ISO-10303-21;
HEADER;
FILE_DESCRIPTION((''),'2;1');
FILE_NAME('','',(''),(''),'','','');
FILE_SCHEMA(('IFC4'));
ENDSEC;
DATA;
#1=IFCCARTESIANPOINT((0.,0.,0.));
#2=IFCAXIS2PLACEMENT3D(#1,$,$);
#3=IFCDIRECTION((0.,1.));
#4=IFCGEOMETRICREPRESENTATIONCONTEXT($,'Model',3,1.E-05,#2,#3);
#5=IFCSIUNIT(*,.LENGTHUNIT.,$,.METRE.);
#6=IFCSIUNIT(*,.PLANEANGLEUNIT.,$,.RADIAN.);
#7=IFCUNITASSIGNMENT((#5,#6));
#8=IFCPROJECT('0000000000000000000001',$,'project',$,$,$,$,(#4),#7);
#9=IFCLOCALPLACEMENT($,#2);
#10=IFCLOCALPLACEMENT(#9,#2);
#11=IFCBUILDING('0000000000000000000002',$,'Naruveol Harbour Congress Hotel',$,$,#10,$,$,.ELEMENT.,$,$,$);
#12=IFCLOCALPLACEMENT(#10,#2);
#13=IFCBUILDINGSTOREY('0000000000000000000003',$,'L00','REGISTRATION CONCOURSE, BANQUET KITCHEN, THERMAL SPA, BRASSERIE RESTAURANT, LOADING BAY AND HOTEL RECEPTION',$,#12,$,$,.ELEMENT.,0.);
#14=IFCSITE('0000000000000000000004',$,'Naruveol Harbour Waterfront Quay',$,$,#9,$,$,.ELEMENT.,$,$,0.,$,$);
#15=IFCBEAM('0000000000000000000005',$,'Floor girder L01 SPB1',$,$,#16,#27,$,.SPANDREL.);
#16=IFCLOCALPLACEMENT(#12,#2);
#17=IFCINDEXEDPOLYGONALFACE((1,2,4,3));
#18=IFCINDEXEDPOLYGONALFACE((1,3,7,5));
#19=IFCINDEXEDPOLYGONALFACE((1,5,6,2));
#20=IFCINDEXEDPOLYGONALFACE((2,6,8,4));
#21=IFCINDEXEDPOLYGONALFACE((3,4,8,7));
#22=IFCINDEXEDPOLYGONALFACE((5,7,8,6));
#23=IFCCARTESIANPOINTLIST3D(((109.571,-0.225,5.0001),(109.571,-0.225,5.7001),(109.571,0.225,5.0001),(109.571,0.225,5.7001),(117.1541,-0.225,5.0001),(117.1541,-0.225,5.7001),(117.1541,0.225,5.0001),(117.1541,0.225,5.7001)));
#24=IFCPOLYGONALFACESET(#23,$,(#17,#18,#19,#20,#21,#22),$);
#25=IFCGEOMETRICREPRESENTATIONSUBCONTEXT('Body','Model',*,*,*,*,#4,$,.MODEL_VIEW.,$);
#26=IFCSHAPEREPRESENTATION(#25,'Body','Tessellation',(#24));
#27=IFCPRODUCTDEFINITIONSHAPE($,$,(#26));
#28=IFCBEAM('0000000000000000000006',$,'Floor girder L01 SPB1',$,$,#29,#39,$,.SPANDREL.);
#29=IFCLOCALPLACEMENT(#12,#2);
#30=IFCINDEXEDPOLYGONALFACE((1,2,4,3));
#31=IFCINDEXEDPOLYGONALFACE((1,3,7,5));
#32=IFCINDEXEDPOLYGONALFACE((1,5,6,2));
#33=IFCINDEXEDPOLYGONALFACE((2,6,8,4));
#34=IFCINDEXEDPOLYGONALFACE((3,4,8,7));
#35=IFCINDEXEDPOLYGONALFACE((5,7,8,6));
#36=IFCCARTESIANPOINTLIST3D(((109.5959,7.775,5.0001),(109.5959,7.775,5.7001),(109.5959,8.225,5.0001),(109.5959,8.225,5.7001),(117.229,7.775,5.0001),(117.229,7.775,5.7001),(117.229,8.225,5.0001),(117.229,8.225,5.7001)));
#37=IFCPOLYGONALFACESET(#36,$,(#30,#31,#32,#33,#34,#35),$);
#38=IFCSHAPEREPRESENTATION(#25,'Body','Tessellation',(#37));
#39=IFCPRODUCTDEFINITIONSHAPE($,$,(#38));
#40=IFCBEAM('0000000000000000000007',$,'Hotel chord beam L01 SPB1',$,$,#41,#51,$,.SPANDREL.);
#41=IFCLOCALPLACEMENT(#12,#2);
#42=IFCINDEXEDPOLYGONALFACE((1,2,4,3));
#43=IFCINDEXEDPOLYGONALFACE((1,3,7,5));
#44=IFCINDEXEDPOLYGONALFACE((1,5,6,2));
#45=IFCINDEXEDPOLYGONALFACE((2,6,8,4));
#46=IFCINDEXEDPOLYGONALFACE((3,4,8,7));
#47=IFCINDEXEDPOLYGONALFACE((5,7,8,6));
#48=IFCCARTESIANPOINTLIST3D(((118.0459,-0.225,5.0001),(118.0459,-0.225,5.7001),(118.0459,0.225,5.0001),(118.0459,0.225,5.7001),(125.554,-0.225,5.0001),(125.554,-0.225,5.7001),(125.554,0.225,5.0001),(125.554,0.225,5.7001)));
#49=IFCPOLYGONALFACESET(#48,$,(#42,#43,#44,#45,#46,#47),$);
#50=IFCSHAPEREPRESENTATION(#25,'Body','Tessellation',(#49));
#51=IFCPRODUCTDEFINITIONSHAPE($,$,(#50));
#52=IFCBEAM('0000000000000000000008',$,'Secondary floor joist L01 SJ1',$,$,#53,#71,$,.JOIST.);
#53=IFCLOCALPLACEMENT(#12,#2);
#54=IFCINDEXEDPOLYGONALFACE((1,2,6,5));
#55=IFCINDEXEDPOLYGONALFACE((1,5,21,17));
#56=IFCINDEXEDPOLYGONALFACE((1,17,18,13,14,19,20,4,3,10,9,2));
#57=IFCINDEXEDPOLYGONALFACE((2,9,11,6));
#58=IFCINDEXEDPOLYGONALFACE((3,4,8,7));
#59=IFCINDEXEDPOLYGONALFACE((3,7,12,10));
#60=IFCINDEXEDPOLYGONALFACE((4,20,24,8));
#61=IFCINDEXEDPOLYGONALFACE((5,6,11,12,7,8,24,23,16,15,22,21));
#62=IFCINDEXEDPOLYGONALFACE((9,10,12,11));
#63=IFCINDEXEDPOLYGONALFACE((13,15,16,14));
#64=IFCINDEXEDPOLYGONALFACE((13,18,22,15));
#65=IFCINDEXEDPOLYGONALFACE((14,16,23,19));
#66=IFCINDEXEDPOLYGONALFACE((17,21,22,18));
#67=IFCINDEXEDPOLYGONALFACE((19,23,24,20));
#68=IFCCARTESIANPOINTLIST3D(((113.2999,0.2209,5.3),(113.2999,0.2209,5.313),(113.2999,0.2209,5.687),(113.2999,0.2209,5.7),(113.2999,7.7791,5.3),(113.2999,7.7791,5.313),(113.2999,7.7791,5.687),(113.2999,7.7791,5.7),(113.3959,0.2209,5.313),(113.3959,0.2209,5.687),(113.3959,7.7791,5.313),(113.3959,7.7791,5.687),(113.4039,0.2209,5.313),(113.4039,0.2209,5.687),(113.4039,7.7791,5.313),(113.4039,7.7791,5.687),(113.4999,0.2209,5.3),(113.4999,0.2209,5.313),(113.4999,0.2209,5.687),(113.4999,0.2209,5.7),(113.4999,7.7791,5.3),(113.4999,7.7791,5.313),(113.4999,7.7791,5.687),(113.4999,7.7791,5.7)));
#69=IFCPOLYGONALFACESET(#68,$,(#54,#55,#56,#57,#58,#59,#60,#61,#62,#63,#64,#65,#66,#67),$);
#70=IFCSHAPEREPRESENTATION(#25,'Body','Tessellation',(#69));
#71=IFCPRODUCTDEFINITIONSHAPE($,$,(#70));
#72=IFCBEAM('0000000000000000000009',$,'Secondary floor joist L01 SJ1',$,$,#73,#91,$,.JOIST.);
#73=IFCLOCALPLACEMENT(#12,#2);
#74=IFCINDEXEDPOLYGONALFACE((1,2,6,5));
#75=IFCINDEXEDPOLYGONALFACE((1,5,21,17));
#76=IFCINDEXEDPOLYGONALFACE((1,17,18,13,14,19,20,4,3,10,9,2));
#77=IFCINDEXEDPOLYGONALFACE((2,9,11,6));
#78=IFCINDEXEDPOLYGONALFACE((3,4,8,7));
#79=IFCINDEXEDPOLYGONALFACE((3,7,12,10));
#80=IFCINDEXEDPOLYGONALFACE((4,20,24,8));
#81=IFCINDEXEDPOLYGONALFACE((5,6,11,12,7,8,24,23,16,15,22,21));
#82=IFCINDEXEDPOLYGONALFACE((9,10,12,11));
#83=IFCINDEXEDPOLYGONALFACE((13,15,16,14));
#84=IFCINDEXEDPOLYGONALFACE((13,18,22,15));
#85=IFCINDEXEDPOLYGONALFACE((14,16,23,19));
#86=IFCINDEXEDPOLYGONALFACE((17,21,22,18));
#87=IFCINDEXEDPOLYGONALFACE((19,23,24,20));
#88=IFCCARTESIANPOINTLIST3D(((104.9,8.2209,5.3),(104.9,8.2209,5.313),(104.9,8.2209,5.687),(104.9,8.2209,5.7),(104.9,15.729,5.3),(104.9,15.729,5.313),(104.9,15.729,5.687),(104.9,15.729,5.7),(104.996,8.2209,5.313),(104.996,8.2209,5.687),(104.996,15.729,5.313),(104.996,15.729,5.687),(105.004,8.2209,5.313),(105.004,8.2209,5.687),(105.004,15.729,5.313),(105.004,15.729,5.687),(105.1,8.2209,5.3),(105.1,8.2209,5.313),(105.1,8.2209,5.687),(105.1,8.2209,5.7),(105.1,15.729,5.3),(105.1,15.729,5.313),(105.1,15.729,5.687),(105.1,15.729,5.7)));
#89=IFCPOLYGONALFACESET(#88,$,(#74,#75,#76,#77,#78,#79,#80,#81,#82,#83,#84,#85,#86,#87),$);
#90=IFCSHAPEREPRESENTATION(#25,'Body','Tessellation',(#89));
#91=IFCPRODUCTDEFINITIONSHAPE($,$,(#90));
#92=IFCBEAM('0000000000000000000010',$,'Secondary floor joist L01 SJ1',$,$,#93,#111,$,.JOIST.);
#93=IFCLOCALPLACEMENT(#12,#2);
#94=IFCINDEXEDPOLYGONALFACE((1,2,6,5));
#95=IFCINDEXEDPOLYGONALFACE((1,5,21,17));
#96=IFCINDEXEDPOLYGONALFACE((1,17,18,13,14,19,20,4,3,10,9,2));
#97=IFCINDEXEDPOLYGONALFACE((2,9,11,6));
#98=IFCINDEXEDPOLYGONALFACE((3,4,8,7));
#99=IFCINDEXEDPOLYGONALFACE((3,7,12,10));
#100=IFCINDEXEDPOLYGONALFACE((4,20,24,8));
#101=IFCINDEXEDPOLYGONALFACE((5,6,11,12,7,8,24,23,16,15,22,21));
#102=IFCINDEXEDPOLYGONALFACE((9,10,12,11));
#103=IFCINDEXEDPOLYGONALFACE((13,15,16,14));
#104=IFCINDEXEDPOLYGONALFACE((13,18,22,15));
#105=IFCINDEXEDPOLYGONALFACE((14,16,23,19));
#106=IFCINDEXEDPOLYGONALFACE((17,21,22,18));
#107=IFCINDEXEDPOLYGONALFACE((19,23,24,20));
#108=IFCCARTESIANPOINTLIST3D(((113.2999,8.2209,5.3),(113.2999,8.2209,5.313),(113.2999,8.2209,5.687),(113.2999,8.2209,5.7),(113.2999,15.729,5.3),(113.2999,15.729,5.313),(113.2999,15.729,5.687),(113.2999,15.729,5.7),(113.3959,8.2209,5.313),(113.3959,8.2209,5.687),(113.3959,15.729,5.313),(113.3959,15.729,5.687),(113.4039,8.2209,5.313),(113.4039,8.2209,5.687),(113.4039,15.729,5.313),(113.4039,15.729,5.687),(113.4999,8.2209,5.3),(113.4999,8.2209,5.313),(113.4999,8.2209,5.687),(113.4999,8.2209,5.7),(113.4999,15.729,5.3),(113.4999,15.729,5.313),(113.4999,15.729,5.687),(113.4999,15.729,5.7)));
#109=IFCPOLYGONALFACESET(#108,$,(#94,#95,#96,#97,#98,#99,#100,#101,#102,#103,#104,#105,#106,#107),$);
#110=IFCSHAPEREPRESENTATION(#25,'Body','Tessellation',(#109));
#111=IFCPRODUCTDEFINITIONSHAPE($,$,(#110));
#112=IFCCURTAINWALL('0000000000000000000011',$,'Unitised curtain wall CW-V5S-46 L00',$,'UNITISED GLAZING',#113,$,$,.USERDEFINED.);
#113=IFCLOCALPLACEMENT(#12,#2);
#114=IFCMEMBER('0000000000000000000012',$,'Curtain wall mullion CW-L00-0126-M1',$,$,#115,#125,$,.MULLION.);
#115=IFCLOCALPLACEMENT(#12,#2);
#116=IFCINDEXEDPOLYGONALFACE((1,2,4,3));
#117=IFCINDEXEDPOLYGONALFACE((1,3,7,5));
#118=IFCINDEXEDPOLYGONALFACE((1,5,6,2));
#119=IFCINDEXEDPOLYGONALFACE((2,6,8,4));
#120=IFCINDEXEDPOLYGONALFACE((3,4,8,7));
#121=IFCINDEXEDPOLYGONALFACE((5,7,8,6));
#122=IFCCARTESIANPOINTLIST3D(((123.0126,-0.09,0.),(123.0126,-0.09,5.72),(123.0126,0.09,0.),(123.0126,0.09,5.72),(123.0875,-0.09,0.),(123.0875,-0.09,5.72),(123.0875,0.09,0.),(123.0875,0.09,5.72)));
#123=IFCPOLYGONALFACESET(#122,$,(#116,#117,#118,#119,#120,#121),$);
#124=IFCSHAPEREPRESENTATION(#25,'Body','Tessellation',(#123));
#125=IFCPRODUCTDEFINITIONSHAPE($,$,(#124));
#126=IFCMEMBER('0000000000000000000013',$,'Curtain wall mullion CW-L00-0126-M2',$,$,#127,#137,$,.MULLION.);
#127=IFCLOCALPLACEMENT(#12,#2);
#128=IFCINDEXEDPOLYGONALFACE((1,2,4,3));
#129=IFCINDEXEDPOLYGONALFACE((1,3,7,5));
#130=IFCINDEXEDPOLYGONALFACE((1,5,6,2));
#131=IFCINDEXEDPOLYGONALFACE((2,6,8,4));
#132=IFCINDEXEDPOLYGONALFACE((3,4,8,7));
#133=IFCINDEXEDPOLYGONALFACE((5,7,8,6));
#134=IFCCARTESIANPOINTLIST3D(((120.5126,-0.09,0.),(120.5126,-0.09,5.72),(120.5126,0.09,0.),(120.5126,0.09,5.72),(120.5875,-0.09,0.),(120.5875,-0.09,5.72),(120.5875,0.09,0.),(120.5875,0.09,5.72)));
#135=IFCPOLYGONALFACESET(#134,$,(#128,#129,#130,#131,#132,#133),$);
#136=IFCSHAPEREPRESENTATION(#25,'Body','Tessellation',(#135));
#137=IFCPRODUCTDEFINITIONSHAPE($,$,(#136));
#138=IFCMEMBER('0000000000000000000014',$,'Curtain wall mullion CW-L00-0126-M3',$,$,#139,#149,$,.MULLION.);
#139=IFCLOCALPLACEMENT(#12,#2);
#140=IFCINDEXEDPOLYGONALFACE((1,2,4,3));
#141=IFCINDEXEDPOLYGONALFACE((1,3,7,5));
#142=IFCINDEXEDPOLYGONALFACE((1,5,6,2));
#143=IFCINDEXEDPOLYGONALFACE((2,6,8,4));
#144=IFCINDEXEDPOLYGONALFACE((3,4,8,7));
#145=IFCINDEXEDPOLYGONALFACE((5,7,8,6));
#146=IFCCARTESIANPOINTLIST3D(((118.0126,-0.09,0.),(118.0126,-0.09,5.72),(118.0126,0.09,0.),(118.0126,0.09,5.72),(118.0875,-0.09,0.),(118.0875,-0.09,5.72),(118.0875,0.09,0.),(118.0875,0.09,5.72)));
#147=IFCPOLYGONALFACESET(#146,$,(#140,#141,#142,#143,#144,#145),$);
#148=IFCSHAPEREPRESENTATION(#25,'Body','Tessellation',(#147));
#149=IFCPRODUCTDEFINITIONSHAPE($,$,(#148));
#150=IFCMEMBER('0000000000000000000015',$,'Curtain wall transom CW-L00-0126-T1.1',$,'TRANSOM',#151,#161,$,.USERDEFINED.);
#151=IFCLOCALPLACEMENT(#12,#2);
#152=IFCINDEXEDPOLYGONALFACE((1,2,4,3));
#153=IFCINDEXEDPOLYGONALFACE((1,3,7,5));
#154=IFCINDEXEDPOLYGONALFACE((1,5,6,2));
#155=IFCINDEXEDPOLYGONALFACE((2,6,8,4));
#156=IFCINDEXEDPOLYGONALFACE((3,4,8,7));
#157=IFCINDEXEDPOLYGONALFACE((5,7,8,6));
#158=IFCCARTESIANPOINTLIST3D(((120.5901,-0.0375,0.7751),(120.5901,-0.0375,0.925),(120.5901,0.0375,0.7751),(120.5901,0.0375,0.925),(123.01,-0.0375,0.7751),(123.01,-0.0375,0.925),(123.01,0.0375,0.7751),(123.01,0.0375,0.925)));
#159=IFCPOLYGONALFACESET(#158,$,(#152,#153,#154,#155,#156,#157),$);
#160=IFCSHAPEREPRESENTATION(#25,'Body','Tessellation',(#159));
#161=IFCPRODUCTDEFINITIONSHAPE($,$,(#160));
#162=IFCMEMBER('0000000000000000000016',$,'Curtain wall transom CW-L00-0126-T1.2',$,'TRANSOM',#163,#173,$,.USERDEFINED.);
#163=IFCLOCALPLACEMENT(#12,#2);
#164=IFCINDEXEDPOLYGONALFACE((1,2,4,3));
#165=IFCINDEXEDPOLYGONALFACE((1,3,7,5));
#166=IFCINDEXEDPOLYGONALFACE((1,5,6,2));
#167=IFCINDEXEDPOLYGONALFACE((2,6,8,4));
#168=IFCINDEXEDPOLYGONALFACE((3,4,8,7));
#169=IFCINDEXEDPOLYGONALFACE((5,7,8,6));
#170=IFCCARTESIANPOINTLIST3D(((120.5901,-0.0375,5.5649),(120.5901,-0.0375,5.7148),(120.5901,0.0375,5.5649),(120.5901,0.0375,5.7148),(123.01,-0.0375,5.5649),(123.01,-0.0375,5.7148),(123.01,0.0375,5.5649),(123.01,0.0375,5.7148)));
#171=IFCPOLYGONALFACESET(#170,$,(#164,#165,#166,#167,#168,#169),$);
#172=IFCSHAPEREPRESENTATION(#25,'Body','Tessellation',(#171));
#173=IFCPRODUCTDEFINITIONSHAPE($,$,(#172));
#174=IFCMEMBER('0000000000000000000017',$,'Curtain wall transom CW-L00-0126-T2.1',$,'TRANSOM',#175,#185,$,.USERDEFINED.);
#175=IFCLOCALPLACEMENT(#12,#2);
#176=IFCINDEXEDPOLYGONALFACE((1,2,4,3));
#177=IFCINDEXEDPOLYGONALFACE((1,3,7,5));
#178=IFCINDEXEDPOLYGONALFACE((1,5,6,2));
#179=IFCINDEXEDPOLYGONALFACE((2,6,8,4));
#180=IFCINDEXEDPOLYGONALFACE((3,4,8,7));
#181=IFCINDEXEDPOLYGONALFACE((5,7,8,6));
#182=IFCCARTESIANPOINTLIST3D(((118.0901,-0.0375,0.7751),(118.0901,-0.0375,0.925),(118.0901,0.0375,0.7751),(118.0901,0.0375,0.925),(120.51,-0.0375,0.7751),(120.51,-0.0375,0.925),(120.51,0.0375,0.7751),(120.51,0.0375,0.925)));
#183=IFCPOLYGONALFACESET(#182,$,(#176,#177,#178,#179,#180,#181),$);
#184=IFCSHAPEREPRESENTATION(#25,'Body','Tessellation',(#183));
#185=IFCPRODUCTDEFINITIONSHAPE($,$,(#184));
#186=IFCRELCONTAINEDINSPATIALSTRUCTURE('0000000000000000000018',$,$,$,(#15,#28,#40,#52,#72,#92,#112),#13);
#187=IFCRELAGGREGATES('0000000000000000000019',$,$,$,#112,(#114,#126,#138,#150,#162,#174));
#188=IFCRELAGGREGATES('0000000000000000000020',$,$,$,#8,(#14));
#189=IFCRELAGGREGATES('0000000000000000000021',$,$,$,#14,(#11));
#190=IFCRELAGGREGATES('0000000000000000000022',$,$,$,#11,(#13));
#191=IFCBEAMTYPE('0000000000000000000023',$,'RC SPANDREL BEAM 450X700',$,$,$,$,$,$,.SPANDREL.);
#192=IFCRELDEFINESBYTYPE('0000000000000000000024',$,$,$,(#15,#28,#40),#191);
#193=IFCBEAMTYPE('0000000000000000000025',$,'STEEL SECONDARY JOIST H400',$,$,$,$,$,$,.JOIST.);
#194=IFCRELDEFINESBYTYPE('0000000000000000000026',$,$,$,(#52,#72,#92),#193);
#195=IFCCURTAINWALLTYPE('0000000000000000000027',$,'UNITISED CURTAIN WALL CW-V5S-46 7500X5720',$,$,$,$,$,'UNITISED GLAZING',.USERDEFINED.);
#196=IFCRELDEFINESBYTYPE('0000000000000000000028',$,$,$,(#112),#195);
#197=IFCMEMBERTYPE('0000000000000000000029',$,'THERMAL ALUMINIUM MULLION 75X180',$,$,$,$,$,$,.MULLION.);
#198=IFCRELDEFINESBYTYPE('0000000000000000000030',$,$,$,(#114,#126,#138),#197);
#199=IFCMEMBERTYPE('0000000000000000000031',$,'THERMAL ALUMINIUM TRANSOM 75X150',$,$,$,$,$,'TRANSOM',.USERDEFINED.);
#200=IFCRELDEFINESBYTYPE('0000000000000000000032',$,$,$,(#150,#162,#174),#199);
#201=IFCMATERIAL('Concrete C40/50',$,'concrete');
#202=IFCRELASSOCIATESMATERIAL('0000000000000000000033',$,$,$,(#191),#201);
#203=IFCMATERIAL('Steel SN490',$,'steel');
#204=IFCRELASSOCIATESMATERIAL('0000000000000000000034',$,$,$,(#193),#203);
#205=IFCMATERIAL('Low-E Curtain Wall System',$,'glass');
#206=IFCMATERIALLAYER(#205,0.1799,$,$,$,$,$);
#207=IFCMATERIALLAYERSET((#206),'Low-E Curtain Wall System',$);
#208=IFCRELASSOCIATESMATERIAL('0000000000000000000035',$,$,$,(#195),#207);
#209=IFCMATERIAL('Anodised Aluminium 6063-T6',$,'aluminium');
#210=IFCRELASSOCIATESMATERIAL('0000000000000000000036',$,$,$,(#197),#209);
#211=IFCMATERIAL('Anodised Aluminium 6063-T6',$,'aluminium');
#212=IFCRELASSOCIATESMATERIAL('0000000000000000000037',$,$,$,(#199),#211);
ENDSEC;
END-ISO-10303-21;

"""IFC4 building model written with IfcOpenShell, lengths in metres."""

from ifc_helpers import new_model, si_unit, direction, frame, origin, origin_2d, place, context, subcontext, project, spatial, rectangle, i_section, extrude, material, layer, layer_set, material_profile, profile_set, type_object, element, aggregate, save


model = new_model("IFC4")

# Units and contexts
model_context = context("Model", 3, precision=1e-05, world=origin(), true_north=direction((0.0, 1.0)))
body_context = subcontext(model_context, "Body", "Model", "MODEL_VIEW")
ifc_project = project(units=[si_unit("LENGTHUNIT", "METRE"), si_unit("PLANEANGLEUNIT", "RADIAN")], contexts=[model_context])

# Site, building, storey
site_placement = place(None, origin())
site = spatial("IfcSite", under=ifc_project, at=site_placement, Name="Naruveol Harbour Waterfront Quay", CompositionType="ELEMENT", RefElevation=0.0)
building_placement = place(site_placement, origin())
building = spatial("IfcBuilding", under=site, at=building_placement, Name="Naruveol Harbour Congress Hotel", CompositionType="ELEMENT")
storey_placement = place(building_placement, origin())
storey = spatial("IfcBuildingStorey", under=building, at=storey_placement, Name="L00", Description="REGISTRATION CONCOURSE, BANQUET KITCHEN, THERMAL SPA, BRASSERIE RESTAURANT, LOADING BAY AND HOTEL RECEPTION", CompositionType="ELEMENT", Elevation=0.0)

# Beams
ifc_material_1 = material(Name="Concrete C40/50", Category="concrete")
ifc_material_profile_1 = material_profile(ifc_material_1, rectangle(XDim=0.45, YDim=0.7, at=origin_2d()), Name="RCB-450x700")
ifc_profile_set_1 = profile_set([ifc_material_profile_1], Name="Concrete C40/50")
beam_type_1 = type_object("IfcBeamType", Name="RC SPANDREL BEAM 450X700", PredefinedType="SPANDREL", material=ifc_profile_set_1)
beam_1_placement = place(storey_placement, frame((109.571, 0.0, 5.3501), z_axis=(1.0, 0.0, 0.0), x_axis=(0.0, 1.0, 0.0)))
element("IfcBeam", 1, at=beam_1_placement, inside=storey, type_object=beam_type_1, Name="Floor girder L01 SPB1", PredefinedType="SPANDREL", context=body_context, shape_type="SweptSolid", body=[
    extrude(rectangle(XDim=0.45, YDim=0.7, at=origin_2d()), origin(), (0.0, 0.0, 1.0), 7.583),
])
beam_2_placement = place(storey_placement, frame((109.5959, 8.0, 5.3501), z_axis=(1.0, 0.0, 0.0), x_axis=(0.0, 1.0, 0.0)))
element("IfcBeam", 2, at=beam_2_placement, inside=storey, type_object=beam_type_1, Name="Floor girder L01 SPB1", PredefinedType="SPANDREL", context=body_context, shape_type="SweptSolid", body=[
    extrude(rectangle(XDim=0.45, YDim=0.7, at=origin_2d()), origin(), (0.0, 0.0, 1.0), 7.6331),
])
beam_3_placement = place(storey_placement, frame((118.0459, 0.0, 5.3501), z_axis=(1.0, 0.0, 0.0), x_axis=(0.0, 1.0, 0.0)))
element("IfcBeam", 3, at=beam_3_placement, inside=storey, type_object=beam_type_1, Name="Hotel chord beam L01 SPB1", PredefinedType="SPANDREL", context=body_context, shape_type="SweptSolid", body=[
    extrude(rectangle(XDim=0.45, YDim=0.7, at=origin_2d()), origin(), (0.0, 0.0, 1.0), 7.5081),
])
ifc_material_2 = material(Name="Steel SN490", Category="steel")
ifc_material_profile_2 = material_profile(ifc_material_2, i_section(OverallWidth=0.2, OverallDepth=0.3999, WebThickness=0.0081, FlangeThickness=0.0129, at=origin_2d()), Name="H-400x200x8x13")
ifc_profile_set_2 = profile_set([ifc_material_profile_2], Name="Steel SN490")
beam_type_2 = type_object("IfcBeamType", Name="STEEL SECONDARY JOIST H400", PredefinedType="JOIST", material=ifc_profile_set_2)
beam_4_placement = place(storey_placement, frame((113.3999, 0.2209, 5.5), z_axis=(0.0, 1.0, 0.0), x_axis=(-1.0, 0.0, 0.0)))
element("IfcBeam", 4, at=beam_4_placement, inside=storey, type_object=beam_type_2, Name="Secondary floor joist L01 SJ1", PredefinedType="JOIST", context=body_context, shape_type="SweptSolid", body=[
    extrude(i_section(OverallWidth=0.2, OverallDepth=0.3999, WebThickness=0.0081, FlangeThickness=0.0129, at=origin_2d()), origin(), (0.0, 0.0, 1.0), 7.5581),
])
for number, where, z_axis, x_axis, name in (
    (5, (105.0, 8.2209, 5.5), (0.0, 1.0, 0.0), (-1.0, 0.0, 0.0), "Secondary floor joist L01 SJ1"),
    (6, (113.3999, 8.2209, 5.5), (0.0, 1.0, 0.0), (-1.0, 0.0, 0.0), "Secondary floor joist L01 SJ1"),
):
    element("IfcBeam", number, at=place(storey_placement, frame(where, z_axis=z_axis, x_axis=x_axis)), inside=storey, type_object=beam_type_2, Name=name, PredefinedType="JOIST", context=body_context, shape_type="SweptSolid", body=[
        extrude(i_section(OverallWidth=0.2, OverallDepth=0.3999, WebThickness=0.0081, FlangeThickness=0.0129, at=origin_2d()), origin(), (0.0, 0.0, 1.0), 7.5081),
    ])

# Curtain wall, members
ifc_material_3 = material(Name="Low-E Curtain Wall System", Category="glass")
ifc_layer_1 = layer(ifc_material_3, 0.1799)
ifc_layer_set_1 = layer_set([ifc_layer_1], Name="Low-E Curtain Wall System")
curtain_wall_type = type_object("IfcCurtainWallType", Name="UNITISED CURTAIN WALL CW-V5S-46 7500X5720", ElementType="UNITISED GLAZING", PredefinedType="USERDEFINED", material=ifc_layer_set_1)
curtain_wall_placement = place(storey_placement, origin())
curtain_wall = element("IfcCurtainWall", 7, at=curtain_wall_placement, inside=storey, type_object=curtain_wall_type, Name="Unitised curtain wall CW-V5S-46 L00", ObjectType="UNITISED GLAZING", PredefinedType="USERDEFINED")
ifc_material_4 = material(Name="Anodised Aluminium 6063-T6", Category="aluminium")
ifc_material_profile_3 = material_profile(ifc_material_4, rectangle(XDim=0.075, YDim=0.1799, at=origin_2d()), Name="ALU-75x180")
ifc_profile_set_3 = profile_set([ifc_material_profile_3], Name="Anodised Aluminium 6063-T6")
member_type_1 = type_object("IfcMemberType", Name="THERMAL ALUMINIUM MULLION 75X180", PredefinedType="MULLION", material=ifc_profile_set_3)
member_1_placement = place(storey_placement, frame((123.05, 0.0, 0.0), z_axis=(0.0, 0.0, 1.0), x_axis=(1.0, 0.0, 0.0)))
member_1 = element("IfcMember", 8, at=member_1_placement, type_object=member_type_1, Name="Curtain wall mullion CW-L00-0126-M1", PredefinedType="MULLION", context=body_context, shape_type="SweptSolid", body=[
    extrude(rectangle(XDim=0.075, YDim=0.1799, at=origin_2d()), origin(), (0.0, 0.0, 1.0), 5.72),
])
member_2_placement = place(storey_placement, frame((120.55, 0.0, 0.0), z_axis=(0.0, 0.0, 1.0), x_axis=(1.0, 0.0, 0.0)))
member_2 = element("IfcMember", 9, at=member_2_placement, type_object=member_type_1, Name="Curtain wall mullion CW-L00-0126-M2", PredefinedType="MULLION", context=body_context, shape_type="SweptSolid", body=[
    extrude(rectangle(XDim=0.075, YDim=0.1799, at=origin_2d()), origin(), (0.0, 0.0, 1.0), 5.72),
])
member_3_placement = place(storey_placement, frame((118.05, 0.0, 0.0), z_axis=(0.0, 0.0, 1.0), x_axis=(1.0, 0.0, 0.0)))
member_3 = element("IfcMember", 10, at=member_3_placement, type_object=member_type_1, Name="Curtain wall mullion CW-L00-0126-M3", PredefinedType="MULLION", context=body_context, shape_type="SweptSolid", body=[
    extrude(rectangle(XDim=0.075, YDim=0.1799, at=origin_2d()), origin(), (0.0, 0.0, 1.0), 5.72),
])
ifc_material_5 = material(Name="Anodised Aluminium 6063-T6", Category="aluminium")
ifc_material_profile_4 = material_profile(ifc_material_5, rectangle(XDim=0.075, YDim=0.1499, at=origin_2d()), Name="ALU-75x150")
ifc_profile_set_4 = profile_set([ifc_material_profile_4], Name="Anodised Aluminium 6063-T6")
member_type_2 = type_object("IfcMemberType", Name="THERMAL ALUMINIUM TRANSOM 75X150", ElementType="TRANSOM", PredefinedType="USERDEFINED", material=ifc_profile_set_4)
member_4_placement = place(storey_placement, frame((123.01, 0.0, 0.8501), z_axis=(-1.0, 0.0, 0.0), x_axis=(0.0, -1.0, 0.0)))
member_4 = element("IfcMember", 11, at=member_4_placement, type_object=member_type_2, Name="Curtain wall transom CW-L00-0126-T1.1", ObjectType="TRANSOM", PredefinedType="USERDEFINED", context=body_context, shape_type="SweptSolid", body=[
    extrude(rectangle(XDim=0.075, YDim=0.1499, at=origin_2d()), origin(), (0.0, 0.0, 1.0), 2.4199),
])
member_5_placement = place(storey_placement, frame((123.01, 0.0, 5.6399), z_axis=(-1.0, 0.0, 0.0), x_axis=(0.0, -1.0, 0.0)))
member_5 = element("IfcMember", 12, at=member_5_placement, type_object=member_type_2, Name="Curtain wall transom CW-L00-0126-T1.2", ObjectType="TRANSOM", PredefinedType="USERDEFINED", context=body_context, shape_type="SweptSolid", body=[
    extrude(rectangle(XDim=0.075, YDim=0.1499, at=origin_2d()), origin(), (0.0, 0.0, 1.0), 2.4199),
])
member_6_placement = place(storey_placement, frame((120.51, 0.0, 0.8501), z_axis=(-1.0, 0.0, 0.0), x_axis=(0.0, -1.0, 0.0)))
member_6 = element("IfcMember", 13, at=member_6_placement, type_object=member_type_2, Name="Curtain wall transom CW-L00-0126-T2.1", ObjectType="TRANSOM", PredefinedType="USERDEFINED", context=body_context, shape_type="SweptSolid", body=[
    extrude(rectangle(XDim=0.075, YDim=0.1499, at=origin_2d()), origin(), (0.0, 0.0, 1.0), 2.4199),
])
aggregate(curtain_wall, [member_1, member_2, member_3, member_4, member_5, member_6])

save(model, "model.ifc")
